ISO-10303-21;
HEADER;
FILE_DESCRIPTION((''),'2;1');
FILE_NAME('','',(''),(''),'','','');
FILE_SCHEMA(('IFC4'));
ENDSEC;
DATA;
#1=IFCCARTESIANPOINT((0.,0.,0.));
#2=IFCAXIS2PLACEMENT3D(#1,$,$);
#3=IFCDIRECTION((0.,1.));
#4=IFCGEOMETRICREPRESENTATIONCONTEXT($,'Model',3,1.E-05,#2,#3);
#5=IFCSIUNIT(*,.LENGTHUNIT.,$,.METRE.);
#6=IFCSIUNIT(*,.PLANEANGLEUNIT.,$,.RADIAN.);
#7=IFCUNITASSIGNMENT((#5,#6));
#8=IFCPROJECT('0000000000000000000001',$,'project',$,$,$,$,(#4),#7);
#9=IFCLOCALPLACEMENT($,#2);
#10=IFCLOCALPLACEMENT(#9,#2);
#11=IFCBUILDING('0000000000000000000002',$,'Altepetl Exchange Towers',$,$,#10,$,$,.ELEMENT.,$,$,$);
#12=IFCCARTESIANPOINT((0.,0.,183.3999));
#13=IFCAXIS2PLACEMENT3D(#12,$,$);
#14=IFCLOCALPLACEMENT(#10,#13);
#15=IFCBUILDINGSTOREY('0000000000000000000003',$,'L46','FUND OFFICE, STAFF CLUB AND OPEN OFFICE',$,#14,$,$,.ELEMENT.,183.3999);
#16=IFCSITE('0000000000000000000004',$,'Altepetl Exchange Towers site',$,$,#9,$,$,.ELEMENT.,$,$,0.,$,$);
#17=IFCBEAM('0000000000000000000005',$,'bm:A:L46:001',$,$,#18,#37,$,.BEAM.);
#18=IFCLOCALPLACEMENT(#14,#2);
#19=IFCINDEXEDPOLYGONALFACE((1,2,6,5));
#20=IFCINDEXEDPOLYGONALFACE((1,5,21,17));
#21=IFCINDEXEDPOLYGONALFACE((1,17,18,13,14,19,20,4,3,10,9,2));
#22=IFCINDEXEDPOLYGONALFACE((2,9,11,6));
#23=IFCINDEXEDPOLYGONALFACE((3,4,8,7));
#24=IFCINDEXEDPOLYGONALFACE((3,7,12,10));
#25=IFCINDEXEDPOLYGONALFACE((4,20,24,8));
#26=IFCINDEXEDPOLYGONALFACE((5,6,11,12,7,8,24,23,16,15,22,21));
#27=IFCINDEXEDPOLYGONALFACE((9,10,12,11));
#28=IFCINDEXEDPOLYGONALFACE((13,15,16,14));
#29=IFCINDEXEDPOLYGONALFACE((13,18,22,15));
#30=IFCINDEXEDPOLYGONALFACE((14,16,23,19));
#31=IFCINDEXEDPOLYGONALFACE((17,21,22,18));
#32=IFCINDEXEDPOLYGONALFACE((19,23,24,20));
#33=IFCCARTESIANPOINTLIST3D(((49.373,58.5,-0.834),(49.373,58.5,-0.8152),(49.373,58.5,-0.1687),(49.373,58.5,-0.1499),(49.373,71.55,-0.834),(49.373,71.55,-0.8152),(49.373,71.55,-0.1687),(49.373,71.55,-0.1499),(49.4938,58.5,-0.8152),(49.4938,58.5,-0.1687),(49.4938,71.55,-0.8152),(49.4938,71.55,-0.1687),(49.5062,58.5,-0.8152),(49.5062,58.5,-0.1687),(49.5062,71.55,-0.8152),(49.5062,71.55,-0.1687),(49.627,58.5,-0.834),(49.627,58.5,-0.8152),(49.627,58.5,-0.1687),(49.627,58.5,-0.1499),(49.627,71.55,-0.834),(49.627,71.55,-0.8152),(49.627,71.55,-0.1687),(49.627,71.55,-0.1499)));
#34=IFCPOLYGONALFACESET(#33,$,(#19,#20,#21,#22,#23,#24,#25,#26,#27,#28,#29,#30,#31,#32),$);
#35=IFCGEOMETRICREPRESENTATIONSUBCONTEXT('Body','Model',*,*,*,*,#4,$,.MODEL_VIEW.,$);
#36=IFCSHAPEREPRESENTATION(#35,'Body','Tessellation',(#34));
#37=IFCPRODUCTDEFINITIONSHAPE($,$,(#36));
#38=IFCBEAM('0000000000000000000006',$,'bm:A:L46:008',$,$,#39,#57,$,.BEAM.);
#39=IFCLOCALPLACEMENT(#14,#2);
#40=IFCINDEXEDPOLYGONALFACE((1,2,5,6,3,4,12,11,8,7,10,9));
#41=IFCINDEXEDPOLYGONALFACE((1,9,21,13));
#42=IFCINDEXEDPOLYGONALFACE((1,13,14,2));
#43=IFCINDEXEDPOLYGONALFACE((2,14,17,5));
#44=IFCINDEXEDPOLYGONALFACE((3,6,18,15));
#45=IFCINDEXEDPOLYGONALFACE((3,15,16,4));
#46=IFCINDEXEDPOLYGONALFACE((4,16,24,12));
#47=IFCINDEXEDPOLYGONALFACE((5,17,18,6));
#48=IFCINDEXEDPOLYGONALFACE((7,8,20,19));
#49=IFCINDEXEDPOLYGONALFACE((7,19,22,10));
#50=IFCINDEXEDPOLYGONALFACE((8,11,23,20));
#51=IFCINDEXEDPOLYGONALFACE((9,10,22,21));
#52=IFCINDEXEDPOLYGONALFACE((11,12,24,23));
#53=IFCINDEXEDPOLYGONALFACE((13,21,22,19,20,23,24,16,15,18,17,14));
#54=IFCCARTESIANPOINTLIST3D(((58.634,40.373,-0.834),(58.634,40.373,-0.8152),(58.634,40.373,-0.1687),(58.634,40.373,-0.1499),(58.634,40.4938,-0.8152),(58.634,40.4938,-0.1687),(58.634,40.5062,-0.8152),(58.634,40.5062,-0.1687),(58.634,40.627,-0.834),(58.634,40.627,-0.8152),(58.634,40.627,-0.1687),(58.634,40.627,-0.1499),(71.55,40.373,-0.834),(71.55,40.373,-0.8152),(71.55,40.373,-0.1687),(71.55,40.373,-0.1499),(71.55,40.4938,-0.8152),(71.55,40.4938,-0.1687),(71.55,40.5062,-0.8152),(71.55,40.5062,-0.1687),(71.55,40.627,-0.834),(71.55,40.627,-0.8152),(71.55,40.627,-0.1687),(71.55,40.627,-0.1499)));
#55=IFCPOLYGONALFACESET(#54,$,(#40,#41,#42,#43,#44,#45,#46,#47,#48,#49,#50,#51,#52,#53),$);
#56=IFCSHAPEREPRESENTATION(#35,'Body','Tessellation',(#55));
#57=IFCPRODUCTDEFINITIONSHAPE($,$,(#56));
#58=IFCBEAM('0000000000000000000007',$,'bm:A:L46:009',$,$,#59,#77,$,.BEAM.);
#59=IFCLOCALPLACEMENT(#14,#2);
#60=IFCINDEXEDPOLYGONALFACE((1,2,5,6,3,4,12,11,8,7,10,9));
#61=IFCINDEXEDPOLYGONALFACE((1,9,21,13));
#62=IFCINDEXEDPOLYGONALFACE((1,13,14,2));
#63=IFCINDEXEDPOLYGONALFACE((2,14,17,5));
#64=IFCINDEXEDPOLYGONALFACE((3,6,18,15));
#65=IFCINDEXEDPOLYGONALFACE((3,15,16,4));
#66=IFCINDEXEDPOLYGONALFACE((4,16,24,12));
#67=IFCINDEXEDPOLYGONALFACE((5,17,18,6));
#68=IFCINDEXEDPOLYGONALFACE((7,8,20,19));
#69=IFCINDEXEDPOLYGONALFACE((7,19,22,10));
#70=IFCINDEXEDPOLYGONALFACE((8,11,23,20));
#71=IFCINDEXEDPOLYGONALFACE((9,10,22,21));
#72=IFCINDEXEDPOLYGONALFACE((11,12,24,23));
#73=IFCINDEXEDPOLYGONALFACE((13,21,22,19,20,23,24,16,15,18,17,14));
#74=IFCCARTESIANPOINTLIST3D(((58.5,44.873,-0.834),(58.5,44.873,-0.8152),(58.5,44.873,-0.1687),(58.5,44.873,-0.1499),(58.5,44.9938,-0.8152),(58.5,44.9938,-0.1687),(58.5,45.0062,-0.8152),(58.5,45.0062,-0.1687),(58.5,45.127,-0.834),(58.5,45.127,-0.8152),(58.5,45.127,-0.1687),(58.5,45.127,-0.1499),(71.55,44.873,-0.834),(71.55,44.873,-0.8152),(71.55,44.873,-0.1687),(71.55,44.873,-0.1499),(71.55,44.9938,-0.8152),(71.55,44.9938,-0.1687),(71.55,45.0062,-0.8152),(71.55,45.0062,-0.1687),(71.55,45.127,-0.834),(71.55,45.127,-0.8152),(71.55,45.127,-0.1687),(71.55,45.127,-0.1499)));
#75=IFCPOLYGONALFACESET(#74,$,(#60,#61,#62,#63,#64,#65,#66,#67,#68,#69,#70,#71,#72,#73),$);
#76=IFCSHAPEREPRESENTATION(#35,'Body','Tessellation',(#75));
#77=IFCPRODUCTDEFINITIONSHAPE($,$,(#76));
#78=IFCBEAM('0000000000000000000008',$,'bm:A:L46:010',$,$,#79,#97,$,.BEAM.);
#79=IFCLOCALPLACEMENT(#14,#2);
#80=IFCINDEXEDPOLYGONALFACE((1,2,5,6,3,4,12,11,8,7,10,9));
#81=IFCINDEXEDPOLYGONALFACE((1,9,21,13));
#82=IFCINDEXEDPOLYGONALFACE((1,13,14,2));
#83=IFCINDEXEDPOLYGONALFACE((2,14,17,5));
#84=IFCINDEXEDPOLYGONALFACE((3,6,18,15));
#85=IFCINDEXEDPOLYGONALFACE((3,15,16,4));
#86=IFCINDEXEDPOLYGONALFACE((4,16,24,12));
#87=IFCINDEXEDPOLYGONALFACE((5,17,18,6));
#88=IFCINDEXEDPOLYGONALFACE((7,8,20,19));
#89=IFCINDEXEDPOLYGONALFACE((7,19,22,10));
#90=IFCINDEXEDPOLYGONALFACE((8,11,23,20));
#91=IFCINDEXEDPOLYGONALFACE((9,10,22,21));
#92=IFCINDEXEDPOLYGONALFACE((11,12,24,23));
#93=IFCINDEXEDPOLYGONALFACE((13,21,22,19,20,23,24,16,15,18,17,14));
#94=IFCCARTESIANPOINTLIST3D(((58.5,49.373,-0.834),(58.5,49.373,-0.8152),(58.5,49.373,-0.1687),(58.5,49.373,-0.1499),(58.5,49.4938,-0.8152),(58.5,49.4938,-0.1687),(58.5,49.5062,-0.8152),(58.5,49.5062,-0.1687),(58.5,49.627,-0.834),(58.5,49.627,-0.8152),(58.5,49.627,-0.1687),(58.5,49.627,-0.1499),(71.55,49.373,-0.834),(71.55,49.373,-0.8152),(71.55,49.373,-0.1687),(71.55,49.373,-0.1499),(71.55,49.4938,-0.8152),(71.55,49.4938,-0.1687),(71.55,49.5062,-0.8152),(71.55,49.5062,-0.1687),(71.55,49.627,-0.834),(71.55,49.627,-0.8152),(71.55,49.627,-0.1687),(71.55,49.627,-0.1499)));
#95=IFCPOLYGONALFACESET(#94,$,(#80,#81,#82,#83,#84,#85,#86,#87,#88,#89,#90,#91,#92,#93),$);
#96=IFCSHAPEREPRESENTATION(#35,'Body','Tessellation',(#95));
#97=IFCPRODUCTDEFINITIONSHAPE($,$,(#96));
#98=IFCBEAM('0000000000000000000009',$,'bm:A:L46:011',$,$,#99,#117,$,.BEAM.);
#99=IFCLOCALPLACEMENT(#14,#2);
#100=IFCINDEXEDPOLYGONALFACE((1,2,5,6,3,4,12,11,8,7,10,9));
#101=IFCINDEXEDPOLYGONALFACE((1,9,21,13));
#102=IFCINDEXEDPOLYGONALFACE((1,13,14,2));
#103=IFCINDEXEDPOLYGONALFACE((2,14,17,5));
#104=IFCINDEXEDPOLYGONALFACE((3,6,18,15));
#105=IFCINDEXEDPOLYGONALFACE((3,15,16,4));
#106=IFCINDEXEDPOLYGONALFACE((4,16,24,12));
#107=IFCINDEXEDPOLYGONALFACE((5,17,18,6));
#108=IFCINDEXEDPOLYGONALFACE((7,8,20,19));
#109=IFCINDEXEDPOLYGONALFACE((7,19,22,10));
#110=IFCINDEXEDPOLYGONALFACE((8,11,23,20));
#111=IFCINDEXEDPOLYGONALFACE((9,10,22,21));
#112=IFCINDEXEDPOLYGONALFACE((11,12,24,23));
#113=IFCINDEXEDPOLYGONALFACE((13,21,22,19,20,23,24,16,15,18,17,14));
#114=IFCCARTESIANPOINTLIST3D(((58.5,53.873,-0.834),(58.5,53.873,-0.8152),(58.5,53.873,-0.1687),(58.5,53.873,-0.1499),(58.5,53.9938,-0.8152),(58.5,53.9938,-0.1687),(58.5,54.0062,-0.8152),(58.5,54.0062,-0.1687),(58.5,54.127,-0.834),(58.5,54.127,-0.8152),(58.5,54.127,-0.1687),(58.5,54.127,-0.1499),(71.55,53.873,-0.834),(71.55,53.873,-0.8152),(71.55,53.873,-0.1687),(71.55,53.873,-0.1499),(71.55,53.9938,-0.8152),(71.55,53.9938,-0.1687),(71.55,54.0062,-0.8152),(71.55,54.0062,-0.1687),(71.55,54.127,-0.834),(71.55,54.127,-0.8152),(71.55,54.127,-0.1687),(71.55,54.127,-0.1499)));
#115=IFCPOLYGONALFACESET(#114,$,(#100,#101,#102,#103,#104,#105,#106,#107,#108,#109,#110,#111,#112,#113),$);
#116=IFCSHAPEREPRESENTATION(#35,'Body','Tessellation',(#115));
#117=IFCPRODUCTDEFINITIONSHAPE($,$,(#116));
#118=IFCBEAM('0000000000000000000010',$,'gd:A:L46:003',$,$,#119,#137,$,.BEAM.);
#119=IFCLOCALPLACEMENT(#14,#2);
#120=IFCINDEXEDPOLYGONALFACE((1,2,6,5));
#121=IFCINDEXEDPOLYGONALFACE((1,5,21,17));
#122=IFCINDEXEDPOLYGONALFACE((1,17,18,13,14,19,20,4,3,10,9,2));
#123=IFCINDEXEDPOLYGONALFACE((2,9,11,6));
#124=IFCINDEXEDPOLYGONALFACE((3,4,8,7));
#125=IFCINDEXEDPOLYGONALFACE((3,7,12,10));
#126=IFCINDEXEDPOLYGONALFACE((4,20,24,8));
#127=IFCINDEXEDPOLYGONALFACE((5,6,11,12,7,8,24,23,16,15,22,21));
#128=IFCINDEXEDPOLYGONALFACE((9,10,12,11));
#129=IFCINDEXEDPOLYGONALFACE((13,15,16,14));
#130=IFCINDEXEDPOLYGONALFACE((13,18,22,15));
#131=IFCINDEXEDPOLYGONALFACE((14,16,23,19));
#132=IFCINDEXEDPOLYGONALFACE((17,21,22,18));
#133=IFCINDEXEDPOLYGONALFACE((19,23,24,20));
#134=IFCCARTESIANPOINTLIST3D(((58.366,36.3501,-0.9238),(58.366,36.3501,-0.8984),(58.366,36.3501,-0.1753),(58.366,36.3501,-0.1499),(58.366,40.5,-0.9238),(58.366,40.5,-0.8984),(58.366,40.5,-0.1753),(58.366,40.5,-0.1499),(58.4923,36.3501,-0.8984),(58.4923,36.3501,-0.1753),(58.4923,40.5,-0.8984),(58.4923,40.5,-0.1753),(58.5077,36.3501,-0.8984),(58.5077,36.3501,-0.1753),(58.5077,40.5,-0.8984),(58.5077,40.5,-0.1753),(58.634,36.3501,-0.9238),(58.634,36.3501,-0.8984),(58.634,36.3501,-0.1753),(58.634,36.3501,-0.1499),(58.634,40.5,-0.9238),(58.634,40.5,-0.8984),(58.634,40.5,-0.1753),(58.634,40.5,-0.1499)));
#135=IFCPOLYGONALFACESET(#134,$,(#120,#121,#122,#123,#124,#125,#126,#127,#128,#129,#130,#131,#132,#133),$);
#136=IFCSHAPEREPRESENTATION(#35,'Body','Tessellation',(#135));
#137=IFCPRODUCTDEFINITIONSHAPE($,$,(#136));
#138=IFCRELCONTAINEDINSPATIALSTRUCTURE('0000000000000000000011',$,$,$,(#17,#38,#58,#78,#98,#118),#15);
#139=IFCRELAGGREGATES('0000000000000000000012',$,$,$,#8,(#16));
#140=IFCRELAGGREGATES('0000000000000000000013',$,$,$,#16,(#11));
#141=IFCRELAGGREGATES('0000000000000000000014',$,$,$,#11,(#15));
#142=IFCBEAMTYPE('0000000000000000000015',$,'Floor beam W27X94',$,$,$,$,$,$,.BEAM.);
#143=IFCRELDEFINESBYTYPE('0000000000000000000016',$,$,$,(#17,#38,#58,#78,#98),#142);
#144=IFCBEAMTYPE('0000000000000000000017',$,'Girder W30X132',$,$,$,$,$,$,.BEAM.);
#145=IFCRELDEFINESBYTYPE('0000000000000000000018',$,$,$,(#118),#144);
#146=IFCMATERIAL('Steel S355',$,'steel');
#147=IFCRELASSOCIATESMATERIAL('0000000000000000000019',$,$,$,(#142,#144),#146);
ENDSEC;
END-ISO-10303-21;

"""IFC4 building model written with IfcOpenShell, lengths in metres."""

from ifc_helpers import new_model, si_unit, direction, frame, origin, origin_2d, place, context, subcontext, project, spatial, i_section, extrude, material, material_profile, profile_set, type_object, element, save


model = new_model("IFC4")

# Units and contexts
model_context = context("Model", 3, precision=1e-05, world=origin(), true_north=direction((0.0, 1.0)))
body_context = subcontext(model_context, "Body", "Model", "MODEL_VIEW")
ifc_project = project(units=[si_unit("LENGTHUNIT", "METRE"), si_unit("PLANEANGLEUNIT", "RADIAN")], contexts=[model_context])

# Site, building, storey
site_placement = place(None, origin())
site = spatial("IfcSite", under=ifc_project, at=site_placement, Name="Altepetl Exchange Towers site", CompositionType="ELEMENT", RefElevation=0.0)
building_placement = place(site_placement, origin())
building = spatial("IfcBuilding", under=site, at=building_placement, Name="Altepetl Exchange Towers", CompositionType="ELEMENT")
storey_placement = place(building_placement, frame((0.0, 0.0, 183.3999)))
storey = spatial("IfcBuildingStorey", under=building, at=storey_placement, Name="L46", Description="FUND OFFICE, STAFF CLUB AND OPEN OFFICE", CompositionType="ELEMENT", Elevation=183.3999)

# Beams
ifc_material_1 = material(Name="Steel S355", Category="steel")
ifc_material_profile_1 = material_profile(ifc_material_1, i_section(OverallWidth=0.2539, OverallDepth=0.6841, WebThickness=0.0125, FlangeThickness=0.0188, at=origin_2d()), Name="W27X94")
ifc_profile_set_1 = profile_set([ifc_material_profile_1], Name="Steel S355")
beam_type_1 = type_object("IfcBeamType", Name="Floor beam W27X94", PredefinedType="BEAM", material=ifc_profile_set_1)
beam_1_placement = place(storey_placement, frame((49.5, 58.5, -0.4919), z_axis=(0.0, 1.0, 0.0), x_axis=(-1.0, 0.0, 0.0)))
element("IfcBeam", 1, at=beam_1_placement, inside=storey, type_object=beam_type_1, Name="bm:A:L46:001", PredefinedType="BEAM", context=body_context, shape_type="SweptSolid", body=[
    extrude(i_section(OverallWidth=0.2539, OverallDepth=0.6841, WebThickness=0.0125, FlangeThickness=0.0188, at=origin_2d()), origin(), (0.0, 0.0, 1.0), 13.05),
])
beam_2_placement = place(storey_placement, frame((58.634, 40.5, -0.4919), z_axis=(1.0, 0.0, 0.0), x_axis=(0.0, 1.0, 0.0)))
element("IfcBeam", 2, at=beam_2_placement, inside=storey, type_object=beam_type_1, Name="bm:A:L46:008", PredefinedType="BEAM", context=body_context, shape_type="SweptSolid", body=[
    extrude(i_section(OverallWidth=0.2539, OverallDepth=0.6841, WebThickness=0.0125, FlangeThickness=0.0188, at=origin_2d()), origin(), (0.0, 0.0, 1.0), 12.916),
])
for number, where, z_axis, x_axis, name in (
    (3, (58.5, 45.0, -0.4919), (1.0, 0.0, 0.0), (0.0, 1.0, 0.0), "bm:A:L46:009"),
    (4, (58.5, 49.5, -0.4919), (1.0, 0.0, 0.0), (0.0, 1.0, 0.0), "bm:A:L46:010"),
    (5, (58.5, 54.0, -0.4919), (1.0, 0.0, 0.0), (0.0, 1.0, 0.0), "bm:A:L46:011"),
):
    element("IfcBeam", number, at=place(storey_placement, frame(where, z_axis=z_axis, x_axis=x_axis)), inside=storey, type_object=beam_type_1, Name=name, PredefinedType="BEAM", context=body_context, shape_type="SweptSolid", body=[
        extrude(i_section(OverallWidth=0.2539, OverallDepth=0.6841, WebThickness=0.0125, FlangeThickness=0.0188, at=origin_2d()), origin(), (0.0, 0.0, 1.0), 13.05),
    ])
ifc_material_profile_2 = material_profile(ifc_material_1, i_section(OverallWidth=0.2681, OverallDepth=0.7739, WebThickness=0.0154, FlangeThickness=0.0254, at=origin_2d()), Name="W30X132")
ifc_profile_set_2 = profile_set([ifc_material_profile_2], Name="Steel S355")
beam_type_2 = type_object("IfcBeamType", Name="Girder W30X132", PredefinedType="BEAM", material=ifc_profile_set_2)
beam_3_placement = place(storey_placement, frame((58.5, 40.5, -0.5369), z_axis=(0.0, -1.0, 0.0), x_axis=(1.0, 0.0, 0.0)))
element("IfcBeam", 6, at=beam_3_placement, inside=storey, type_object=beam_type_2, Name="gd:A:L46:003", PredefinedType="BEAM", context=body_context, shape_type="SweptSolid", body=[
    extrude(i_section(OverallWidth=0.2681, OverallDepth=0.7739, WebThickness=0.0154, FlangeThickness=0.0254, at=origin_2d()), origin(), (0.0, 0.0, 1.0), 4.1499),
])

save(model, "model.ifc")
